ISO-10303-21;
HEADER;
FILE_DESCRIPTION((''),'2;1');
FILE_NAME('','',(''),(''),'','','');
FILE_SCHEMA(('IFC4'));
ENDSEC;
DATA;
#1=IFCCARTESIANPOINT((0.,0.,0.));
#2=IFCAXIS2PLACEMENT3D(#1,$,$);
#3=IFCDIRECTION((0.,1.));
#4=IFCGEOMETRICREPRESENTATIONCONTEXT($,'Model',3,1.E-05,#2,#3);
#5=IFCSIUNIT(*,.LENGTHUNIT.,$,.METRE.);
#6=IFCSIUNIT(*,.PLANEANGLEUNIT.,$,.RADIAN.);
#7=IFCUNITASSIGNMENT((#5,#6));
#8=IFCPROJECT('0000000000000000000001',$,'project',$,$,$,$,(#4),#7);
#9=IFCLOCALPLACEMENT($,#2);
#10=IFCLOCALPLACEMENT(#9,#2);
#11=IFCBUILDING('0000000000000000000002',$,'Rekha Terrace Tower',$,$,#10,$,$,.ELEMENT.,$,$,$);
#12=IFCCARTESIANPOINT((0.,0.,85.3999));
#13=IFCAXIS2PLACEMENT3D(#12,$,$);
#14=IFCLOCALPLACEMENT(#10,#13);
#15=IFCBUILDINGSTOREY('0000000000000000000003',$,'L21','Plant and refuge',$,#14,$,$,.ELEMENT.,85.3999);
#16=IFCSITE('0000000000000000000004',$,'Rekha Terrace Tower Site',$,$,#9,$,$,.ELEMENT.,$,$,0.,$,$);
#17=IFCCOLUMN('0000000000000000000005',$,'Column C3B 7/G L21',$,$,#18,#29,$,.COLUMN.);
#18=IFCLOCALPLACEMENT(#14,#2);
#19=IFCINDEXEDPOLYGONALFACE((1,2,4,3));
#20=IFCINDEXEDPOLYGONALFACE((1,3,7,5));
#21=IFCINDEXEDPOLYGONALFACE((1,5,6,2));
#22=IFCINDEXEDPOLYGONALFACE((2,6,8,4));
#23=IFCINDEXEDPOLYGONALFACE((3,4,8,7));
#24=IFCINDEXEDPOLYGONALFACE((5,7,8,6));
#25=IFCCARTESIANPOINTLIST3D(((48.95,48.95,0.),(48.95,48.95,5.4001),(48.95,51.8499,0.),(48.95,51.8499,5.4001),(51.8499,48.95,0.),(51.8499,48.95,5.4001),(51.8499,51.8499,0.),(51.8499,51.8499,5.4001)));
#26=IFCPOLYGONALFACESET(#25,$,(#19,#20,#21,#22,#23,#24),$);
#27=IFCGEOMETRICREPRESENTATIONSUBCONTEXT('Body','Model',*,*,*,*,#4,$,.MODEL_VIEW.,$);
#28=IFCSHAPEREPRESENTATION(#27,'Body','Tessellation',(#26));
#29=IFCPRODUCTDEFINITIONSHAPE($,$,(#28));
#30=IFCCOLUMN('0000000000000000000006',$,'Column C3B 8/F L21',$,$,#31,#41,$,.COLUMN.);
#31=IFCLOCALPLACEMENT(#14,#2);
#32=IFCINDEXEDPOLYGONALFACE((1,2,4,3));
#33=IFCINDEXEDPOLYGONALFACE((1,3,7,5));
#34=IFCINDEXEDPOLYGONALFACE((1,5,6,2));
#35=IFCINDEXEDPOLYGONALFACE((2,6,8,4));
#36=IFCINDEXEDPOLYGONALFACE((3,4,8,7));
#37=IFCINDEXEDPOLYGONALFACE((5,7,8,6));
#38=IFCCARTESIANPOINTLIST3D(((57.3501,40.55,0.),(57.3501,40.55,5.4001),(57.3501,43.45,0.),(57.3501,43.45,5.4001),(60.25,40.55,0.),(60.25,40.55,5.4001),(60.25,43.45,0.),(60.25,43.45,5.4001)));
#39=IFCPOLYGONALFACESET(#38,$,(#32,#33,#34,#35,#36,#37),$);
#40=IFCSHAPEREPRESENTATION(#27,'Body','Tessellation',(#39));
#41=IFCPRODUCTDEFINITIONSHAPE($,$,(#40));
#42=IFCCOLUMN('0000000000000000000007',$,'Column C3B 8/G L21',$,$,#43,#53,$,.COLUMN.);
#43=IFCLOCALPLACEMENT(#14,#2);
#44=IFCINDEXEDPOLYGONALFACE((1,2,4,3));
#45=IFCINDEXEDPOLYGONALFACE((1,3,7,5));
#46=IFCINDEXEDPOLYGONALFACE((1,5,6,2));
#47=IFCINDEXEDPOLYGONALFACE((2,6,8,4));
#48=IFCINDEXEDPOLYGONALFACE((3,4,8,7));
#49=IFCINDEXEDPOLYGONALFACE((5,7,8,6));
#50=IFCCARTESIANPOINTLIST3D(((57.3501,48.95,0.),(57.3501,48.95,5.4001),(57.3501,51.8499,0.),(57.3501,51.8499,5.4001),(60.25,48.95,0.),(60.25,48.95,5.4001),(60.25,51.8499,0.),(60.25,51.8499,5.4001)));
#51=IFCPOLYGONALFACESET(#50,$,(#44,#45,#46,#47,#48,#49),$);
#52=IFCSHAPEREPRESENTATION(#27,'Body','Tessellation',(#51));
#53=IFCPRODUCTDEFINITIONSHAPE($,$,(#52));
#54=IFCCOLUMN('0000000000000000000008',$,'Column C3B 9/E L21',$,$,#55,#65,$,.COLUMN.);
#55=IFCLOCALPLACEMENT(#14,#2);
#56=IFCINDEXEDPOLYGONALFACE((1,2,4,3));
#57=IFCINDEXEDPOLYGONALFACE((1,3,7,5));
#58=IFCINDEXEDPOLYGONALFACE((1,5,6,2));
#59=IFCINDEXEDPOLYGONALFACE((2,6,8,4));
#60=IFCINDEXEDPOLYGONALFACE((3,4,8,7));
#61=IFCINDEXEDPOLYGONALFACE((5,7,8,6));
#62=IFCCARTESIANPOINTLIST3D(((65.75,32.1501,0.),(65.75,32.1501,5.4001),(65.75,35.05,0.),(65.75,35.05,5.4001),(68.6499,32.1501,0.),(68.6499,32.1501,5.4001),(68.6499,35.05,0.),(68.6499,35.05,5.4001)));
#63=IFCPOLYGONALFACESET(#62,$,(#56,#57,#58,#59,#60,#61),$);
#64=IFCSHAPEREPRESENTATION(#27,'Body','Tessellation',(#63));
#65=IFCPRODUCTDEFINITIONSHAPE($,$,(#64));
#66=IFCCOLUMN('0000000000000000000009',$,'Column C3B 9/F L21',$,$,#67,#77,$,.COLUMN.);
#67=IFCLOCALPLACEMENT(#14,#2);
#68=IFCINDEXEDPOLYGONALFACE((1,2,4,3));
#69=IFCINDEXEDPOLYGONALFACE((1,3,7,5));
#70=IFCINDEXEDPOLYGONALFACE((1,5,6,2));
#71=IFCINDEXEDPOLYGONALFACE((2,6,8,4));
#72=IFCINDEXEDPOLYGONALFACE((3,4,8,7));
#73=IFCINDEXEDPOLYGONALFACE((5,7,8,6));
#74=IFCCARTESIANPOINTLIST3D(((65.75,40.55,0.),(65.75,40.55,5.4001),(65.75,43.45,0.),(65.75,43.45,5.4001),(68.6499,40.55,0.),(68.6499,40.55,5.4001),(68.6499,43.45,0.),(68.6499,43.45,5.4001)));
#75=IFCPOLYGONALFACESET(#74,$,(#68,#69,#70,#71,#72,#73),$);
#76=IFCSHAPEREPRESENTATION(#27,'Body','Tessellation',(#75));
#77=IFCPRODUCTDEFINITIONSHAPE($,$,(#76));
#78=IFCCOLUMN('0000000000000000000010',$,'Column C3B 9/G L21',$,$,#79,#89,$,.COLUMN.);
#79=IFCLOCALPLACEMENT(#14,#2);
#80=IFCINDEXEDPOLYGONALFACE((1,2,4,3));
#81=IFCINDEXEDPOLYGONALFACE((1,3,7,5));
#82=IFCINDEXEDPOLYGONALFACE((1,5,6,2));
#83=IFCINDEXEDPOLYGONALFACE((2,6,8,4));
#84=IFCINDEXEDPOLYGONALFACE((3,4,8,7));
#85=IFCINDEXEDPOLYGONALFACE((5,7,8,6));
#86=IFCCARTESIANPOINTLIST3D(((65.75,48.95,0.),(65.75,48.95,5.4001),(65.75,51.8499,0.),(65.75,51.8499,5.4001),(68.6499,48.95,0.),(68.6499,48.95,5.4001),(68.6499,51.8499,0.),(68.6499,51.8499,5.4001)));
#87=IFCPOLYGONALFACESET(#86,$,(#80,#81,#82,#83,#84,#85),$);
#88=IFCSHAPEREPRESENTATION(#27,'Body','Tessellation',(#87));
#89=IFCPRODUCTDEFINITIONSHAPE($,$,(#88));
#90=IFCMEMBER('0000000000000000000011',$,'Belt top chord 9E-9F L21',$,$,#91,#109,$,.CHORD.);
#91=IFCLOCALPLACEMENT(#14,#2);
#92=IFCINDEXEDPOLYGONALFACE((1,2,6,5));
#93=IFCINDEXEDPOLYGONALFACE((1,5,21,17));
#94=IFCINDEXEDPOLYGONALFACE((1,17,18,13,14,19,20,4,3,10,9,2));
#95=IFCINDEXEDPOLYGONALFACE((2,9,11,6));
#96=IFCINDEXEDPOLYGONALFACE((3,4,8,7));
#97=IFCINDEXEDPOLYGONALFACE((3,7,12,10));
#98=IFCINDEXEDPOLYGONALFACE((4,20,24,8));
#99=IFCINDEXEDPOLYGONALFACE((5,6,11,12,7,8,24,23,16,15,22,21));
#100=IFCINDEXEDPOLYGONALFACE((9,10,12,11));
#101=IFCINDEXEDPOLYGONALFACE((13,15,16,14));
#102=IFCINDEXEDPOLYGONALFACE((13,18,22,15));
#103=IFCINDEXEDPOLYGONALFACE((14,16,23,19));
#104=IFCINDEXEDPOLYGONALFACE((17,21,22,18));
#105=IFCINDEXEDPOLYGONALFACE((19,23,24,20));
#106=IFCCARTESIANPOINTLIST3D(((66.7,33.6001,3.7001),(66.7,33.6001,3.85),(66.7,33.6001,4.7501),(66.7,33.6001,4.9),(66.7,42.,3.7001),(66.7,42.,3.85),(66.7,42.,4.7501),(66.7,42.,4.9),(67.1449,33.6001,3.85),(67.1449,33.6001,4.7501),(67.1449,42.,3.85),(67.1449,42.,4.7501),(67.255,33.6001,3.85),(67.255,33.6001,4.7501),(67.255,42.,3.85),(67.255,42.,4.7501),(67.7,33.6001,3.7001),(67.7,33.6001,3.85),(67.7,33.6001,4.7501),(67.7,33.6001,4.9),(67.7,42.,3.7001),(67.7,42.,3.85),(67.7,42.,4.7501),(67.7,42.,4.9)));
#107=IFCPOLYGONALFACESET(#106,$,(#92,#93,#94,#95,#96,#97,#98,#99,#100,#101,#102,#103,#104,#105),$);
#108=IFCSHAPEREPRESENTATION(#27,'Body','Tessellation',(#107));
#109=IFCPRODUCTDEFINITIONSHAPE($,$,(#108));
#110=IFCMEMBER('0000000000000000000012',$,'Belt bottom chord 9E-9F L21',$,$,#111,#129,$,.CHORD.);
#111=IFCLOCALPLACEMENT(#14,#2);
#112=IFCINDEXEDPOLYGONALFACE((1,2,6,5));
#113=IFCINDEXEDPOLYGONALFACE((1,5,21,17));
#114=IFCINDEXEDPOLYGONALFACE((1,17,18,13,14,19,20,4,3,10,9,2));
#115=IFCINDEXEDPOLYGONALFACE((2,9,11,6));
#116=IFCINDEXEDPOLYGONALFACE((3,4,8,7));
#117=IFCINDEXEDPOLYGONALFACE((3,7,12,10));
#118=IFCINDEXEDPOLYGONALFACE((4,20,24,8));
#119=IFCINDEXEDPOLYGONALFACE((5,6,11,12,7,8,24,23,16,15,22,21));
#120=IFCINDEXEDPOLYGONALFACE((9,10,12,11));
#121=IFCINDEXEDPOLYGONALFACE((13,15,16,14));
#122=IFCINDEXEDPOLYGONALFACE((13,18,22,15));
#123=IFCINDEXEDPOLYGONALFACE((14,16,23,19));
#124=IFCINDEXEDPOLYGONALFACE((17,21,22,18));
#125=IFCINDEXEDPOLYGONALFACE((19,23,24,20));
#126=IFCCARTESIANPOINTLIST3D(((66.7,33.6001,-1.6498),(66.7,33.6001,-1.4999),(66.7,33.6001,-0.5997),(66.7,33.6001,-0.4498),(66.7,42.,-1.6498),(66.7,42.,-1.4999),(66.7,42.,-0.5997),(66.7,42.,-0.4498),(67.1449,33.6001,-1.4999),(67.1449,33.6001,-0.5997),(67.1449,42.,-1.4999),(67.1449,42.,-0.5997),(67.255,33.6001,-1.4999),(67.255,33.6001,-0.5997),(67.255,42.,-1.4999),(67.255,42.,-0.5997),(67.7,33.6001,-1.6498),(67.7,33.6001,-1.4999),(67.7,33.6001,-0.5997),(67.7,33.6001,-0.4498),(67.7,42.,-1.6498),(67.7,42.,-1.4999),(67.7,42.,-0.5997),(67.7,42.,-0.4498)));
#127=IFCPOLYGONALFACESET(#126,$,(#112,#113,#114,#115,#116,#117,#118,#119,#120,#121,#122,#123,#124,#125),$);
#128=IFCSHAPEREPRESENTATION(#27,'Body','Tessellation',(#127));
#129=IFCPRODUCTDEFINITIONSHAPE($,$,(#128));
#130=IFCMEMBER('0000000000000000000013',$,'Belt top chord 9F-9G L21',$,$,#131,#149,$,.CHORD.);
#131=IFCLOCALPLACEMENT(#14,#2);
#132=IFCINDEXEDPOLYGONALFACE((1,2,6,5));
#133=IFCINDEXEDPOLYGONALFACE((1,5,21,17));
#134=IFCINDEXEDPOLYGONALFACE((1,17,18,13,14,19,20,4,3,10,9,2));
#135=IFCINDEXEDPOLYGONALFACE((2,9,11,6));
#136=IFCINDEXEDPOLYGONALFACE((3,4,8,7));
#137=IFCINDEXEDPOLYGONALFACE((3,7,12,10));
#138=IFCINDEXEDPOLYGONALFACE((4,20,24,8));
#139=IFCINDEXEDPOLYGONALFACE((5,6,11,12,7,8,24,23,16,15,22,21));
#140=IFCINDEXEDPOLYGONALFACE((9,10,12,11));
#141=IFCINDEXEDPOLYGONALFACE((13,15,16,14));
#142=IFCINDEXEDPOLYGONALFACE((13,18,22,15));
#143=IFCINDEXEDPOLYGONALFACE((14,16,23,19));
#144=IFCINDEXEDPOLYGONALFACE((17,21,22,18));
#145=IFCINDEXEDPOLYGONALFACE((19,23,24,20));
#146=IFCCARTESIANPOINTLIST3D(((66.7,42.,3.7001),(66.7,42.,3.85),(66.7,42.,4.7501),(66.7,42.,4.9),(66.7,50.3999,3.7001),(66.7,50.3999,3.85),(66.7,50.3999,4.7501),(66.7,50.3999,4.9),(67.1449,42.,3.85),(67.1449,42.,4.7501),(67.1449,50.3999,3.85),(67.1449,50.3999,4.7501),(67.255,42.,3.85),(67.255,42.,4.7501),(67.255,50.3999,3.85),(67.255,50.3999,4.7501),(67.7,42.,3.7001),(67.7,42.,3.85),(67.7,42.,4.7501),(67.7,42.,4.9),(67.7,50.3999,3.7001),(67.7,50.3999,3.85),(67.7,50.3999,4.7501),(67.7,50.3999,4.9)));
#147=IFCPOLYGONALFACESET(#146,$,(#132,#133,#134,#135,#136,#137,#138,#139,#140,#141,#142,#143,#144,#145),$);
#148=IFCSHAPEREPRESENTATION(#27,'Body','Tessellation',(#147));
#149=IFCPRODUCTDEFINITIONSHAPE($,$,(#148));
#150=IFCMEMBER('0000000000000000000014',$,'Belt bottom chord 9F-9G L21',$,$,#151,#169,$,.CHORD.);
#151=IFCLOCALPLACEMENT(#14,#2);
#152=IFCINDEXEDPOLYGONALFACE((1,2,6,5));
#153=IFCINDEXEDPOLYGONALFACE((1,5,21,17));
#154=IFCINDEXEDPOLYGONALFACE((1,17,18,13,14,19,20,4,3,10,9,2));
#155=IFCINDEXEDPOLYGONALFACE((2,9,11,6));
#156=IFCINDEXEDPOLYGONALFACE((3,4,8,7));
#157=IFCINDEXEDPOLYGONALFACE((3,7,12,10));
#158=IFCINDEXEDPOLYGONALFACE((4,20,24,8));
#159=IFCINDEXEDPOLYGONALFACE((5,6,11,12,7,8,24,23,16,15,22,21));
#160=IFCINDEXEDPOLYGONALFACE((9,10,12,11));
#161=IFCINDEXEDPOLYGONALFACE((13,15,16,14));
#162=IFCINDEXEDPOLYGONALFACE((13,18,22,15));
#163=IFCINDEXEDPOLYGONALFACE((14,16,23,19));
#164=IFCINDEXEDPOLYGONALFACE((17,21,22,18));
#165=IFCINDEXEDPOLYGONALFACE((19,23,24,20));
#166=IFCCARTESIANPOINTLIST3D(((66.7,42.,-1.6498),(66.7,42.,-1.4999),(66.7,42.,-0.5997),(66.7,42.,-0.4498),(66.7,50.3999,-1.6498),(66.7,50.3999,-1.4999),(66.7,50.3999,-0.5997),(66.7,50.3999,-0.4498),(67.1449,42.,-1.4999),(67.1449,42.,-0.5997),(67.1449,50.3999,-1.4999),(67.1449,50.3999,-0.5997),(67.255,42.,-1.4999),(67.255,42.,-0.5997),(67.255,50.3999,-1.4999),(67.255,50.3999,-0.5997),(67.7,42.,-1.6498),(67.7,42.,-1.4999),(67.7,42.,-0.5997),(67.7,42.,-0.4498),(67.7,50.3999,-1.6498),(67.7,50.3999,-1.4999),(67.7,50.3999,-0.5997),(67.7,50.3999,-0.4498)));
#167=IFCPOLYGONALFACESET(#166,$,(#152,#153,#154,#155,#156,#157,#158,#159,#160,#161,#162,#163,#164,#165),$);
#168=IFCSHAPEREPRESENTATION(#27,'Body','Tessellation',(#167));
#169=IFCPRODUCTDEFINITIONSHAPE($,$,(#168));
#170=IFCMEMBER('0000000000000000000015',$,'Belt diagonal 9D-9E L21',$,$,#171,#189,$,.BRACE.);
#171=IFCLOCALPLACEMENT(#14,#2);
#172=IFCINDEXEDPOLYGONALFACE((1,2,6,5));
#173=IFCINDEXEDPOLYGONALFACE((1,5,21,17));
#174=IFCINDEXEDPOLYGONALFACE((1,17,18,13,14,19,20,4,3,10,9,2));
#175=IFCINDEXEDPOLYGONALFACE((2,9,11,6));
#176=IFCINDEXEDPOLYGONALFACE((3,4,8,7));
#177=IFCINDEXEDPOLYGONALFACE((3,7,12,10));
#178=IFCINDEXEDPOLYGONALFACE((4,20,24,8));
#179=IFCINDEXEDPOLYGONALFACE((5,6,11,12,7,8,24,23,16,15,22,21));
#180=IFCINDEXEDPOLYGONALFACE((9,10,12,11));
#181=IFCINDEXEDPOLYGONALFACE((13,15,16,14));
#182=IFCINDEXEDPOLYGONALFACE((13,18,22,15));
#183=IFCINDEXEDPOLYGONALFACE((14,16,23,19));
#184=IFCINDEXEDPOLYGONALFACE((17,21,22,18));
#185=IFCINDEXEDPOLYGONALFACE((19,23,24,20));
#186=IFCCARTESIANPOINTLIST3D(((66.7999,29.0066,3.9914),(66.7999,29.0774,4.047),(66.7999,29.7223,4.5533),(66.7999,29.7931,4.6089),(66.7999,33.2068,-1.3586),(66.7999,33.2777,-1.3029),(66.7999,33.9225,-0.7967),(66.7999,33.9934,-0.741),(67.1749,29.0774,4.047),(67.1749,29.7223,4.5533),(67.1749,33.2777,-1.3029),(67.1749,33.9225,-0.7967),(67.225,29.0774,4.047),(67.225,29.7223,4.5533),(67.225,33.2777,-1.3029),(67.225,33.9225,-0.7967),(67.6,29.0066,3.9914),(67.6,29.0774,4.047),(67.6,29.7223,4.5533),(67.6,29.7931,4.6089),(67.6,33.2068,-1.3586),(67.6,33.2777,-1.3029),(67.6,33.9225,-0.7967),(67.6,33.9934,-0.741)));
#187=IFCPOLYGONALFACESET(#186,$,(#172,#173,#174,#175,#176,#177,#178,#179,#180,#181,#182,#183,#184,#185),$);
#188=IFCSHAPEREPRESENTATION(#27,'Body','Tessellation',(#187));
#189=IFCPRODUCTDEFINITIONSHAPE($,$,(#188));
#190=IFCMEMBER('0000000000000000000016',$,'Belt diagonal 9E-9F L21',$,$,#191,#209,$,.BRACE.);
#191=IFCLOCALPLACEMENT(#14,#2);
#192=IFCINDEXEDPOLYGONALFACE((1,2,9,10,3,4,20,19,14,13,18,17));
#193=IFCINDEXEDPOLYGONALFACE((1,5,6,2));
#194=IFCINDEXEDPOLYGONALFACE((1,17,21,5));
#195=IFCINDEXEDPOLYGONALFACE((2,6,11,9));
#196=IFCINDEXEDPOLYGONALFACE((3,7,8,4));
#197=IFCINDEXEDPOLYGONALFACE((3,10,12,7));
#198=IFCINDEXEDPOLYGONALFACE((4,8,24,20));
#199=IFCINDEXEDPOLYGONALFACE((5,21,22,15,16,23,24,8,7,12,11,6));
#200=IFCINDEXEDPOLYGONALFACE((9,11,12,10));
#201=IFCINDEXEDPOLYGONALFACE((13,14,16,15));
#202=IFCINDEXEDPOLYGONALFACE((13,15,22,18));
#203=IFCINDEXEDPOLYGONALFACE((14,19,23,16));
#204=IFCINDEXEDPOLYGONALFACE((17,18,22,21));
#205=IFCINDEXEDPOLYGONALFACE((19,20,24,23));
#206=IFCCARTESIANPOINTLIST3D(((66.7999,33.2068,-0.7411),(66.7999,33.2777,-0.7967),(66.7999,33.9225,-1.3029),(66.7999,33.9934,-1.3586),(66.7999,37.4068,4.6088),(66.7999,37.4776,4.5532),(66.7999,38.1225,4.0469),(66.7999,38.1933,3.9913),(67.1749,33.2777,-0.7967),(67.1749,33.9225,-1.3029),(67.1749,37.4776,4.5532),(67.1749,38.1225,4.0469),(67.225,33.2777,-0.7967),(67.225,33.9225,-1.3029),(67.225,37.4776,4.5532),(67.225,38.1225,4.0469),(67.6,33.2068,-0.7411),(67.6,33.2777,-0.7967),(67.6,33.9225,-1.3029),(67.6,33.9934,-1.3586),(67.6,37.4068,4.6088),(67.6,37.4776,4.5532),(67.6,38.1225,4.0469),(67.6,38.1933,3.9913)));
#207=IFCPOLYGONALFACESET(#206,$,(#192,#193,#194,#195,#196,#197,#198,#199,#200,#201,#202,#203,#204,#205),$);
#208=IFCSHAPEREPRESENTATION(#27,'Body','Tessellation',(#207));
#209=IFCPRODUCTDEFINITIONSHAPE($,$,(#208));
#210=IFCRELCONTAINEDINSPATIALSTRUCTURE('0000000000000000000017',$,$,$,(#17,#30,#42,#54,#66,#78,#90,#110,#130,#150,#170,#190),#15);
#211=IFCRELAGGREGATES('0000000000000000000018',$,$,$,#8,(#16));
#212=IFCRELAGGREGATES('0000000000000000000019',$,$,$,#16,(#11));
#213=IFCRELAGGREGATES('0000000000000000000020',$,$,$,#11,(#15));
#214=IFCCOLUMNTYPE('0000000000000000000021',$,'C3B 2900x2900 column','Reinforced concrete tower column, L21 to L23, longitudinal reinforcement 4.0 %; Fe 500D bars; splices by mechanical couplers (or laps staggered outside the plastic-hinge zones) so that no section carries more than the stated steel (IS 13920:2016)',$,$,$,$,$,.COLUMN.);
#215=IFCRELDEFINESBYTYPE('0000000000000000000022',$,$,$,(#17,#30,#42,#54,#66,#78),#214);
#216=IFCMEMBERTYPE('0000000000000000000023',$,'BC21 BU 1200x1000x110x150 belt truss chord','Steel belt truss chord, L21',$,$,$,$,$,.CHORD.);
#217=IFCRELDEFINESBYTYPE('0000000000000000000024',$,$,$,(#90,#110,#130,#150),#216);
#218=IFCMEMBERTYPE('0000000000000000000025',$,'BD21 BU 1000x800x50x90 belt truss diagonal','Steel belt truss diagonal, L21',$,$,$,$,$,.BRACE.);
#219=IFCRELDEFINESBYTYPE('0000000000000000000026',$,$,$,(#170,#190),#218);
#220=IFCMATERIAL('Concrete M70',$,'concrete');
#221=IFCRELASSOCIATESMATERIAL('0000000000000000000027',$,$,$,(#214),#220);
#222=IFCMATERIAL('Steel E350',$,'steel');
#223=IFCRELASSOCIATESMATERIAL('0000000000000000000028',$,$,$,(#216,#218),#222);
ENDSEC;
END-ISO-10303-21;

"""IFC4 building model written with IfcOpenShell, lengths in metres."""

from ifc_helpers import new_model, si_unit, direction, frame, origin, origin_2d, place, context, subcontext, project, spatial, rectangle, i_section, extrude, material, material_profile, profile_set, type_object, element, save


model = new_model("IFC4")

# Units and contexts
model_context = context("Model", 3, precision=1e-05, world=origin(), true_north=direction((0.0, 1.0)))
body_context = subcontext(model_context, "Body", "Model", "MODEL_VIEW")
ifc_project = project(units=[si_unit("LENGTHUNIT", "METRE"), si_unit("PLANEANGLEUNIT", "RADIAN")], contexts=[model_context])

# Site, building, storey
site_placement = place(None, origin())
site = spatial("IfcSite", under=ifc_project, at=site_placement, Name="Rekha Terrace Tower Site", CompositionType="ELEMENT", RefElevation=0.0)
building_placement = place(site_placement, origin())
building = spatial("IfcBuilding", under=site, at=building_placement, Name="Rekha Terrace Tower", CompositionType="ELEMENT")
storey_placement = place(building_placement, frame((0.0, 0.0, 85.3999)))
storey = spatial("IfcBuildingStorey", under=building, at=storey_placement, Name="L21", Description="Plant and refuge", CompositionType="ELEMENT", Elevation=85.3999)

# Columns
ifc_material_1 = material(Name="Concrete M70", Category="concrete")
ifc_material_profile_1 = material_profile(ifc_material_1, rectangle(XDim=2.8999, YDim=2.8999, at=origin_2d()), Name="RC 2900x2900")
ifc_profile_set_1 = profile_set([ifc_material_profile_1], Name="Concrete M70")
column_type = type_object("IfcColumnType", Name="C3B 2900x2900 column", Description="Reinforced concrete tower column, L21 to L23, longitudinal reinforcement 4.0 %; Fe 500D bars; splices by mechanical couplers (or laps staggered outside the plastic-hinge zones) so that no section carries more than the stated steel (IS 13920:2016)", PredefinedType="COLUMN", material=ifc_profile_set_1)
for number, where, z_axis, x_axis, name in (
    (1, (50.3999, 50.3999, 0.0), (0.0, 0.0, 1.0), (1.0, 0.0, 0.0), "Column C3B 7/G L21"),
    (2, (58.8, 42.0, 0.0), (0.0, 0.0, 1.0), (1.0, 0.0, 0.0), "Column C3B 8/F L21"),
    (3, (58.8, 50.3999, 0.0), (0.0, 0.0, 1.0), (1.0, 0.0, 0.0), "Column C3B 8/G L21"),
    (4, (67.2, 33.6001, 0.0), (0.0, 0.0, 1.0), (1.0, 0.0, 0.0), "Column C3B 9/E L21"),
    (5, (67.2, 42.0, 0.0), (0.0, 0.0, 1.0), (1.0, 0.0, 0.0), "Column C3B 9/F L21"),
    (6, (67.2, 50.3999, 0.0), (0.0, 0.0, 1.0), (1.0, 0.0, 0.0), "Column C3B 9/G L21"),
):
    element("IfcColumn", number, at=place(storey_placement, frame(where, z_axis=z_axis, x_axis=x_axis)), inside=storey, type_object=column_type, Name=name, PredefinedType="COLUMN", context=body_context, shape_type="SweptSolid", body=[
        extrude(rectangle(XDim=2.8999, YDim=2.8999, at=origin_2d()), origin(), (0.0, 0.0, 1.0), 5.4001),
    ])

# Members
ifc_material_2 = material(Name="Steel E350", Category="steel")
ifc_material_profile_2 = material_profile(ifc_material_2, i_section(OverallWidth=1.0, OverallDepth=1.2, WebThickness=0.1101, FlangeThickness=0.1499, at=origin_2d()), Name="BU 1200x1000x110x150")
ifc_profile_set_2 = profile_set([ifc_material_profile_2], Name="Steel E350")
member_type_1 = type_object("IfcMemberType", Name="BC21 BU 1200x1000x110x150 belt truss chord", Description="Steel belt truss chord, L21", PredefinedType="CHORD", material=ifc_profile_set_2)
for number, where, z_axis, x_axis, name in (
    (7, (67.2, 33.6001, 4.3), (0.0, 1.0, 0.0), (-1.0, 0.0, 0.0), "Belt top chord 9E-9F L21"),
    (8, (67.2, 33.6001, -1.0498), (0.0, 1.0, 0.0), (-1.0, 0.0, 0.0), "Belt bottom chord 9E-9F L21"),
    (9, (67.2, 42.0, 4.3), (0.0, 1.0, 0.0), (-1.0, 0.0, 0.0), "Belt top chord 9F-9G L21"),
    (10, (67.2, 42.0, -1.0498), (0.0, 1.0, 0.0), (-1.0, 0.0, 0.0), "Belt bottom chord 9F-9G L21"),
):
    element("IfcMember", number, at=place(storey_placement, frame(where, z_axis=z_axis, x_axis=x_axis)), inside=storey, type_object=member_type_1, Name=name, PredefinedType="CHORD", context=body_context, shape_type="SweptSolid", body=[
        extrude(i_section(OverallWidth=1.0, OverallDepth=1.2, WebThickness=0.1101, FlangeThickness=0.1499, at=origin_2d()), origin(), (0.0, 0.0, 1.0), 8.3999),
    ])
ifc_material_profile_3 = material_profile(ifc_material_2, i_section(OverallWidth=0.8, OverallDepth=1.0, WebThickness=0.05, FlangeThickness=0.0901, at=origin_2d()), Name="BU 1000x800x50x90")
ifc_profile_set_3 = profile_set([ifc_material_profile_3], Name="Steel E350")
member_type_2 = type_object("IfcMemberType", Name="BD21 BU 1000x800x50x90 belt truss diagonal", Description="Steel belt truss diagonal, L21", PredefinedType="BRACE", material=ifc_profile_set_3)
member_placement = place(storey_placement, frame((67.2, 33.6001, -1.0498), z_axis=(0.0, -0.617525, 0.786551), x_axis=(1.0, 0.0, 0.0)))
element("IfcMember", 11, at=member_placement, inside=storey, type_object=member_type_2, Name="Belt diagonal 9D-9E L21", PredefinedType="BRACE", context=body_context, shape_type="SweptSolid", body=[
    extrude(i_section(OverallWidth=0.8, OverallDepth=1.0, WebThickness=0.05, FlangeThickness=0.0901, at=origin_2d()), origin(), (0.0, 0.0, 1.0), 6.8018),
])
for number, where, z_axis, x_axis, name in (
    (12, (67.2, 33.6001, -1.0498), (0.0, 0.617503, 0.786569), (-1.0, 0.0, 0.0), "Belt diagonal 9E-9F L21"),
):
    element("IfcMember", number, at=place(storey_placement, frame(where, z_axis=z_axis, x_axis=x_axis)), inside=storey, type_object=member_type_2, Name=name, PredefinedType="BRACE", context=body_context, shape_type="SweptSolid", body=[
        extrude(i_section(OverallWidth=0.8, OverallDepth=1.0, WebThickness=0.05, FlangeThickness=0.0901, at=origin_2d()), origin(), (0.0, 0.0, 1.0), 6.8015),
    ])

save(model, "model.ifc")
